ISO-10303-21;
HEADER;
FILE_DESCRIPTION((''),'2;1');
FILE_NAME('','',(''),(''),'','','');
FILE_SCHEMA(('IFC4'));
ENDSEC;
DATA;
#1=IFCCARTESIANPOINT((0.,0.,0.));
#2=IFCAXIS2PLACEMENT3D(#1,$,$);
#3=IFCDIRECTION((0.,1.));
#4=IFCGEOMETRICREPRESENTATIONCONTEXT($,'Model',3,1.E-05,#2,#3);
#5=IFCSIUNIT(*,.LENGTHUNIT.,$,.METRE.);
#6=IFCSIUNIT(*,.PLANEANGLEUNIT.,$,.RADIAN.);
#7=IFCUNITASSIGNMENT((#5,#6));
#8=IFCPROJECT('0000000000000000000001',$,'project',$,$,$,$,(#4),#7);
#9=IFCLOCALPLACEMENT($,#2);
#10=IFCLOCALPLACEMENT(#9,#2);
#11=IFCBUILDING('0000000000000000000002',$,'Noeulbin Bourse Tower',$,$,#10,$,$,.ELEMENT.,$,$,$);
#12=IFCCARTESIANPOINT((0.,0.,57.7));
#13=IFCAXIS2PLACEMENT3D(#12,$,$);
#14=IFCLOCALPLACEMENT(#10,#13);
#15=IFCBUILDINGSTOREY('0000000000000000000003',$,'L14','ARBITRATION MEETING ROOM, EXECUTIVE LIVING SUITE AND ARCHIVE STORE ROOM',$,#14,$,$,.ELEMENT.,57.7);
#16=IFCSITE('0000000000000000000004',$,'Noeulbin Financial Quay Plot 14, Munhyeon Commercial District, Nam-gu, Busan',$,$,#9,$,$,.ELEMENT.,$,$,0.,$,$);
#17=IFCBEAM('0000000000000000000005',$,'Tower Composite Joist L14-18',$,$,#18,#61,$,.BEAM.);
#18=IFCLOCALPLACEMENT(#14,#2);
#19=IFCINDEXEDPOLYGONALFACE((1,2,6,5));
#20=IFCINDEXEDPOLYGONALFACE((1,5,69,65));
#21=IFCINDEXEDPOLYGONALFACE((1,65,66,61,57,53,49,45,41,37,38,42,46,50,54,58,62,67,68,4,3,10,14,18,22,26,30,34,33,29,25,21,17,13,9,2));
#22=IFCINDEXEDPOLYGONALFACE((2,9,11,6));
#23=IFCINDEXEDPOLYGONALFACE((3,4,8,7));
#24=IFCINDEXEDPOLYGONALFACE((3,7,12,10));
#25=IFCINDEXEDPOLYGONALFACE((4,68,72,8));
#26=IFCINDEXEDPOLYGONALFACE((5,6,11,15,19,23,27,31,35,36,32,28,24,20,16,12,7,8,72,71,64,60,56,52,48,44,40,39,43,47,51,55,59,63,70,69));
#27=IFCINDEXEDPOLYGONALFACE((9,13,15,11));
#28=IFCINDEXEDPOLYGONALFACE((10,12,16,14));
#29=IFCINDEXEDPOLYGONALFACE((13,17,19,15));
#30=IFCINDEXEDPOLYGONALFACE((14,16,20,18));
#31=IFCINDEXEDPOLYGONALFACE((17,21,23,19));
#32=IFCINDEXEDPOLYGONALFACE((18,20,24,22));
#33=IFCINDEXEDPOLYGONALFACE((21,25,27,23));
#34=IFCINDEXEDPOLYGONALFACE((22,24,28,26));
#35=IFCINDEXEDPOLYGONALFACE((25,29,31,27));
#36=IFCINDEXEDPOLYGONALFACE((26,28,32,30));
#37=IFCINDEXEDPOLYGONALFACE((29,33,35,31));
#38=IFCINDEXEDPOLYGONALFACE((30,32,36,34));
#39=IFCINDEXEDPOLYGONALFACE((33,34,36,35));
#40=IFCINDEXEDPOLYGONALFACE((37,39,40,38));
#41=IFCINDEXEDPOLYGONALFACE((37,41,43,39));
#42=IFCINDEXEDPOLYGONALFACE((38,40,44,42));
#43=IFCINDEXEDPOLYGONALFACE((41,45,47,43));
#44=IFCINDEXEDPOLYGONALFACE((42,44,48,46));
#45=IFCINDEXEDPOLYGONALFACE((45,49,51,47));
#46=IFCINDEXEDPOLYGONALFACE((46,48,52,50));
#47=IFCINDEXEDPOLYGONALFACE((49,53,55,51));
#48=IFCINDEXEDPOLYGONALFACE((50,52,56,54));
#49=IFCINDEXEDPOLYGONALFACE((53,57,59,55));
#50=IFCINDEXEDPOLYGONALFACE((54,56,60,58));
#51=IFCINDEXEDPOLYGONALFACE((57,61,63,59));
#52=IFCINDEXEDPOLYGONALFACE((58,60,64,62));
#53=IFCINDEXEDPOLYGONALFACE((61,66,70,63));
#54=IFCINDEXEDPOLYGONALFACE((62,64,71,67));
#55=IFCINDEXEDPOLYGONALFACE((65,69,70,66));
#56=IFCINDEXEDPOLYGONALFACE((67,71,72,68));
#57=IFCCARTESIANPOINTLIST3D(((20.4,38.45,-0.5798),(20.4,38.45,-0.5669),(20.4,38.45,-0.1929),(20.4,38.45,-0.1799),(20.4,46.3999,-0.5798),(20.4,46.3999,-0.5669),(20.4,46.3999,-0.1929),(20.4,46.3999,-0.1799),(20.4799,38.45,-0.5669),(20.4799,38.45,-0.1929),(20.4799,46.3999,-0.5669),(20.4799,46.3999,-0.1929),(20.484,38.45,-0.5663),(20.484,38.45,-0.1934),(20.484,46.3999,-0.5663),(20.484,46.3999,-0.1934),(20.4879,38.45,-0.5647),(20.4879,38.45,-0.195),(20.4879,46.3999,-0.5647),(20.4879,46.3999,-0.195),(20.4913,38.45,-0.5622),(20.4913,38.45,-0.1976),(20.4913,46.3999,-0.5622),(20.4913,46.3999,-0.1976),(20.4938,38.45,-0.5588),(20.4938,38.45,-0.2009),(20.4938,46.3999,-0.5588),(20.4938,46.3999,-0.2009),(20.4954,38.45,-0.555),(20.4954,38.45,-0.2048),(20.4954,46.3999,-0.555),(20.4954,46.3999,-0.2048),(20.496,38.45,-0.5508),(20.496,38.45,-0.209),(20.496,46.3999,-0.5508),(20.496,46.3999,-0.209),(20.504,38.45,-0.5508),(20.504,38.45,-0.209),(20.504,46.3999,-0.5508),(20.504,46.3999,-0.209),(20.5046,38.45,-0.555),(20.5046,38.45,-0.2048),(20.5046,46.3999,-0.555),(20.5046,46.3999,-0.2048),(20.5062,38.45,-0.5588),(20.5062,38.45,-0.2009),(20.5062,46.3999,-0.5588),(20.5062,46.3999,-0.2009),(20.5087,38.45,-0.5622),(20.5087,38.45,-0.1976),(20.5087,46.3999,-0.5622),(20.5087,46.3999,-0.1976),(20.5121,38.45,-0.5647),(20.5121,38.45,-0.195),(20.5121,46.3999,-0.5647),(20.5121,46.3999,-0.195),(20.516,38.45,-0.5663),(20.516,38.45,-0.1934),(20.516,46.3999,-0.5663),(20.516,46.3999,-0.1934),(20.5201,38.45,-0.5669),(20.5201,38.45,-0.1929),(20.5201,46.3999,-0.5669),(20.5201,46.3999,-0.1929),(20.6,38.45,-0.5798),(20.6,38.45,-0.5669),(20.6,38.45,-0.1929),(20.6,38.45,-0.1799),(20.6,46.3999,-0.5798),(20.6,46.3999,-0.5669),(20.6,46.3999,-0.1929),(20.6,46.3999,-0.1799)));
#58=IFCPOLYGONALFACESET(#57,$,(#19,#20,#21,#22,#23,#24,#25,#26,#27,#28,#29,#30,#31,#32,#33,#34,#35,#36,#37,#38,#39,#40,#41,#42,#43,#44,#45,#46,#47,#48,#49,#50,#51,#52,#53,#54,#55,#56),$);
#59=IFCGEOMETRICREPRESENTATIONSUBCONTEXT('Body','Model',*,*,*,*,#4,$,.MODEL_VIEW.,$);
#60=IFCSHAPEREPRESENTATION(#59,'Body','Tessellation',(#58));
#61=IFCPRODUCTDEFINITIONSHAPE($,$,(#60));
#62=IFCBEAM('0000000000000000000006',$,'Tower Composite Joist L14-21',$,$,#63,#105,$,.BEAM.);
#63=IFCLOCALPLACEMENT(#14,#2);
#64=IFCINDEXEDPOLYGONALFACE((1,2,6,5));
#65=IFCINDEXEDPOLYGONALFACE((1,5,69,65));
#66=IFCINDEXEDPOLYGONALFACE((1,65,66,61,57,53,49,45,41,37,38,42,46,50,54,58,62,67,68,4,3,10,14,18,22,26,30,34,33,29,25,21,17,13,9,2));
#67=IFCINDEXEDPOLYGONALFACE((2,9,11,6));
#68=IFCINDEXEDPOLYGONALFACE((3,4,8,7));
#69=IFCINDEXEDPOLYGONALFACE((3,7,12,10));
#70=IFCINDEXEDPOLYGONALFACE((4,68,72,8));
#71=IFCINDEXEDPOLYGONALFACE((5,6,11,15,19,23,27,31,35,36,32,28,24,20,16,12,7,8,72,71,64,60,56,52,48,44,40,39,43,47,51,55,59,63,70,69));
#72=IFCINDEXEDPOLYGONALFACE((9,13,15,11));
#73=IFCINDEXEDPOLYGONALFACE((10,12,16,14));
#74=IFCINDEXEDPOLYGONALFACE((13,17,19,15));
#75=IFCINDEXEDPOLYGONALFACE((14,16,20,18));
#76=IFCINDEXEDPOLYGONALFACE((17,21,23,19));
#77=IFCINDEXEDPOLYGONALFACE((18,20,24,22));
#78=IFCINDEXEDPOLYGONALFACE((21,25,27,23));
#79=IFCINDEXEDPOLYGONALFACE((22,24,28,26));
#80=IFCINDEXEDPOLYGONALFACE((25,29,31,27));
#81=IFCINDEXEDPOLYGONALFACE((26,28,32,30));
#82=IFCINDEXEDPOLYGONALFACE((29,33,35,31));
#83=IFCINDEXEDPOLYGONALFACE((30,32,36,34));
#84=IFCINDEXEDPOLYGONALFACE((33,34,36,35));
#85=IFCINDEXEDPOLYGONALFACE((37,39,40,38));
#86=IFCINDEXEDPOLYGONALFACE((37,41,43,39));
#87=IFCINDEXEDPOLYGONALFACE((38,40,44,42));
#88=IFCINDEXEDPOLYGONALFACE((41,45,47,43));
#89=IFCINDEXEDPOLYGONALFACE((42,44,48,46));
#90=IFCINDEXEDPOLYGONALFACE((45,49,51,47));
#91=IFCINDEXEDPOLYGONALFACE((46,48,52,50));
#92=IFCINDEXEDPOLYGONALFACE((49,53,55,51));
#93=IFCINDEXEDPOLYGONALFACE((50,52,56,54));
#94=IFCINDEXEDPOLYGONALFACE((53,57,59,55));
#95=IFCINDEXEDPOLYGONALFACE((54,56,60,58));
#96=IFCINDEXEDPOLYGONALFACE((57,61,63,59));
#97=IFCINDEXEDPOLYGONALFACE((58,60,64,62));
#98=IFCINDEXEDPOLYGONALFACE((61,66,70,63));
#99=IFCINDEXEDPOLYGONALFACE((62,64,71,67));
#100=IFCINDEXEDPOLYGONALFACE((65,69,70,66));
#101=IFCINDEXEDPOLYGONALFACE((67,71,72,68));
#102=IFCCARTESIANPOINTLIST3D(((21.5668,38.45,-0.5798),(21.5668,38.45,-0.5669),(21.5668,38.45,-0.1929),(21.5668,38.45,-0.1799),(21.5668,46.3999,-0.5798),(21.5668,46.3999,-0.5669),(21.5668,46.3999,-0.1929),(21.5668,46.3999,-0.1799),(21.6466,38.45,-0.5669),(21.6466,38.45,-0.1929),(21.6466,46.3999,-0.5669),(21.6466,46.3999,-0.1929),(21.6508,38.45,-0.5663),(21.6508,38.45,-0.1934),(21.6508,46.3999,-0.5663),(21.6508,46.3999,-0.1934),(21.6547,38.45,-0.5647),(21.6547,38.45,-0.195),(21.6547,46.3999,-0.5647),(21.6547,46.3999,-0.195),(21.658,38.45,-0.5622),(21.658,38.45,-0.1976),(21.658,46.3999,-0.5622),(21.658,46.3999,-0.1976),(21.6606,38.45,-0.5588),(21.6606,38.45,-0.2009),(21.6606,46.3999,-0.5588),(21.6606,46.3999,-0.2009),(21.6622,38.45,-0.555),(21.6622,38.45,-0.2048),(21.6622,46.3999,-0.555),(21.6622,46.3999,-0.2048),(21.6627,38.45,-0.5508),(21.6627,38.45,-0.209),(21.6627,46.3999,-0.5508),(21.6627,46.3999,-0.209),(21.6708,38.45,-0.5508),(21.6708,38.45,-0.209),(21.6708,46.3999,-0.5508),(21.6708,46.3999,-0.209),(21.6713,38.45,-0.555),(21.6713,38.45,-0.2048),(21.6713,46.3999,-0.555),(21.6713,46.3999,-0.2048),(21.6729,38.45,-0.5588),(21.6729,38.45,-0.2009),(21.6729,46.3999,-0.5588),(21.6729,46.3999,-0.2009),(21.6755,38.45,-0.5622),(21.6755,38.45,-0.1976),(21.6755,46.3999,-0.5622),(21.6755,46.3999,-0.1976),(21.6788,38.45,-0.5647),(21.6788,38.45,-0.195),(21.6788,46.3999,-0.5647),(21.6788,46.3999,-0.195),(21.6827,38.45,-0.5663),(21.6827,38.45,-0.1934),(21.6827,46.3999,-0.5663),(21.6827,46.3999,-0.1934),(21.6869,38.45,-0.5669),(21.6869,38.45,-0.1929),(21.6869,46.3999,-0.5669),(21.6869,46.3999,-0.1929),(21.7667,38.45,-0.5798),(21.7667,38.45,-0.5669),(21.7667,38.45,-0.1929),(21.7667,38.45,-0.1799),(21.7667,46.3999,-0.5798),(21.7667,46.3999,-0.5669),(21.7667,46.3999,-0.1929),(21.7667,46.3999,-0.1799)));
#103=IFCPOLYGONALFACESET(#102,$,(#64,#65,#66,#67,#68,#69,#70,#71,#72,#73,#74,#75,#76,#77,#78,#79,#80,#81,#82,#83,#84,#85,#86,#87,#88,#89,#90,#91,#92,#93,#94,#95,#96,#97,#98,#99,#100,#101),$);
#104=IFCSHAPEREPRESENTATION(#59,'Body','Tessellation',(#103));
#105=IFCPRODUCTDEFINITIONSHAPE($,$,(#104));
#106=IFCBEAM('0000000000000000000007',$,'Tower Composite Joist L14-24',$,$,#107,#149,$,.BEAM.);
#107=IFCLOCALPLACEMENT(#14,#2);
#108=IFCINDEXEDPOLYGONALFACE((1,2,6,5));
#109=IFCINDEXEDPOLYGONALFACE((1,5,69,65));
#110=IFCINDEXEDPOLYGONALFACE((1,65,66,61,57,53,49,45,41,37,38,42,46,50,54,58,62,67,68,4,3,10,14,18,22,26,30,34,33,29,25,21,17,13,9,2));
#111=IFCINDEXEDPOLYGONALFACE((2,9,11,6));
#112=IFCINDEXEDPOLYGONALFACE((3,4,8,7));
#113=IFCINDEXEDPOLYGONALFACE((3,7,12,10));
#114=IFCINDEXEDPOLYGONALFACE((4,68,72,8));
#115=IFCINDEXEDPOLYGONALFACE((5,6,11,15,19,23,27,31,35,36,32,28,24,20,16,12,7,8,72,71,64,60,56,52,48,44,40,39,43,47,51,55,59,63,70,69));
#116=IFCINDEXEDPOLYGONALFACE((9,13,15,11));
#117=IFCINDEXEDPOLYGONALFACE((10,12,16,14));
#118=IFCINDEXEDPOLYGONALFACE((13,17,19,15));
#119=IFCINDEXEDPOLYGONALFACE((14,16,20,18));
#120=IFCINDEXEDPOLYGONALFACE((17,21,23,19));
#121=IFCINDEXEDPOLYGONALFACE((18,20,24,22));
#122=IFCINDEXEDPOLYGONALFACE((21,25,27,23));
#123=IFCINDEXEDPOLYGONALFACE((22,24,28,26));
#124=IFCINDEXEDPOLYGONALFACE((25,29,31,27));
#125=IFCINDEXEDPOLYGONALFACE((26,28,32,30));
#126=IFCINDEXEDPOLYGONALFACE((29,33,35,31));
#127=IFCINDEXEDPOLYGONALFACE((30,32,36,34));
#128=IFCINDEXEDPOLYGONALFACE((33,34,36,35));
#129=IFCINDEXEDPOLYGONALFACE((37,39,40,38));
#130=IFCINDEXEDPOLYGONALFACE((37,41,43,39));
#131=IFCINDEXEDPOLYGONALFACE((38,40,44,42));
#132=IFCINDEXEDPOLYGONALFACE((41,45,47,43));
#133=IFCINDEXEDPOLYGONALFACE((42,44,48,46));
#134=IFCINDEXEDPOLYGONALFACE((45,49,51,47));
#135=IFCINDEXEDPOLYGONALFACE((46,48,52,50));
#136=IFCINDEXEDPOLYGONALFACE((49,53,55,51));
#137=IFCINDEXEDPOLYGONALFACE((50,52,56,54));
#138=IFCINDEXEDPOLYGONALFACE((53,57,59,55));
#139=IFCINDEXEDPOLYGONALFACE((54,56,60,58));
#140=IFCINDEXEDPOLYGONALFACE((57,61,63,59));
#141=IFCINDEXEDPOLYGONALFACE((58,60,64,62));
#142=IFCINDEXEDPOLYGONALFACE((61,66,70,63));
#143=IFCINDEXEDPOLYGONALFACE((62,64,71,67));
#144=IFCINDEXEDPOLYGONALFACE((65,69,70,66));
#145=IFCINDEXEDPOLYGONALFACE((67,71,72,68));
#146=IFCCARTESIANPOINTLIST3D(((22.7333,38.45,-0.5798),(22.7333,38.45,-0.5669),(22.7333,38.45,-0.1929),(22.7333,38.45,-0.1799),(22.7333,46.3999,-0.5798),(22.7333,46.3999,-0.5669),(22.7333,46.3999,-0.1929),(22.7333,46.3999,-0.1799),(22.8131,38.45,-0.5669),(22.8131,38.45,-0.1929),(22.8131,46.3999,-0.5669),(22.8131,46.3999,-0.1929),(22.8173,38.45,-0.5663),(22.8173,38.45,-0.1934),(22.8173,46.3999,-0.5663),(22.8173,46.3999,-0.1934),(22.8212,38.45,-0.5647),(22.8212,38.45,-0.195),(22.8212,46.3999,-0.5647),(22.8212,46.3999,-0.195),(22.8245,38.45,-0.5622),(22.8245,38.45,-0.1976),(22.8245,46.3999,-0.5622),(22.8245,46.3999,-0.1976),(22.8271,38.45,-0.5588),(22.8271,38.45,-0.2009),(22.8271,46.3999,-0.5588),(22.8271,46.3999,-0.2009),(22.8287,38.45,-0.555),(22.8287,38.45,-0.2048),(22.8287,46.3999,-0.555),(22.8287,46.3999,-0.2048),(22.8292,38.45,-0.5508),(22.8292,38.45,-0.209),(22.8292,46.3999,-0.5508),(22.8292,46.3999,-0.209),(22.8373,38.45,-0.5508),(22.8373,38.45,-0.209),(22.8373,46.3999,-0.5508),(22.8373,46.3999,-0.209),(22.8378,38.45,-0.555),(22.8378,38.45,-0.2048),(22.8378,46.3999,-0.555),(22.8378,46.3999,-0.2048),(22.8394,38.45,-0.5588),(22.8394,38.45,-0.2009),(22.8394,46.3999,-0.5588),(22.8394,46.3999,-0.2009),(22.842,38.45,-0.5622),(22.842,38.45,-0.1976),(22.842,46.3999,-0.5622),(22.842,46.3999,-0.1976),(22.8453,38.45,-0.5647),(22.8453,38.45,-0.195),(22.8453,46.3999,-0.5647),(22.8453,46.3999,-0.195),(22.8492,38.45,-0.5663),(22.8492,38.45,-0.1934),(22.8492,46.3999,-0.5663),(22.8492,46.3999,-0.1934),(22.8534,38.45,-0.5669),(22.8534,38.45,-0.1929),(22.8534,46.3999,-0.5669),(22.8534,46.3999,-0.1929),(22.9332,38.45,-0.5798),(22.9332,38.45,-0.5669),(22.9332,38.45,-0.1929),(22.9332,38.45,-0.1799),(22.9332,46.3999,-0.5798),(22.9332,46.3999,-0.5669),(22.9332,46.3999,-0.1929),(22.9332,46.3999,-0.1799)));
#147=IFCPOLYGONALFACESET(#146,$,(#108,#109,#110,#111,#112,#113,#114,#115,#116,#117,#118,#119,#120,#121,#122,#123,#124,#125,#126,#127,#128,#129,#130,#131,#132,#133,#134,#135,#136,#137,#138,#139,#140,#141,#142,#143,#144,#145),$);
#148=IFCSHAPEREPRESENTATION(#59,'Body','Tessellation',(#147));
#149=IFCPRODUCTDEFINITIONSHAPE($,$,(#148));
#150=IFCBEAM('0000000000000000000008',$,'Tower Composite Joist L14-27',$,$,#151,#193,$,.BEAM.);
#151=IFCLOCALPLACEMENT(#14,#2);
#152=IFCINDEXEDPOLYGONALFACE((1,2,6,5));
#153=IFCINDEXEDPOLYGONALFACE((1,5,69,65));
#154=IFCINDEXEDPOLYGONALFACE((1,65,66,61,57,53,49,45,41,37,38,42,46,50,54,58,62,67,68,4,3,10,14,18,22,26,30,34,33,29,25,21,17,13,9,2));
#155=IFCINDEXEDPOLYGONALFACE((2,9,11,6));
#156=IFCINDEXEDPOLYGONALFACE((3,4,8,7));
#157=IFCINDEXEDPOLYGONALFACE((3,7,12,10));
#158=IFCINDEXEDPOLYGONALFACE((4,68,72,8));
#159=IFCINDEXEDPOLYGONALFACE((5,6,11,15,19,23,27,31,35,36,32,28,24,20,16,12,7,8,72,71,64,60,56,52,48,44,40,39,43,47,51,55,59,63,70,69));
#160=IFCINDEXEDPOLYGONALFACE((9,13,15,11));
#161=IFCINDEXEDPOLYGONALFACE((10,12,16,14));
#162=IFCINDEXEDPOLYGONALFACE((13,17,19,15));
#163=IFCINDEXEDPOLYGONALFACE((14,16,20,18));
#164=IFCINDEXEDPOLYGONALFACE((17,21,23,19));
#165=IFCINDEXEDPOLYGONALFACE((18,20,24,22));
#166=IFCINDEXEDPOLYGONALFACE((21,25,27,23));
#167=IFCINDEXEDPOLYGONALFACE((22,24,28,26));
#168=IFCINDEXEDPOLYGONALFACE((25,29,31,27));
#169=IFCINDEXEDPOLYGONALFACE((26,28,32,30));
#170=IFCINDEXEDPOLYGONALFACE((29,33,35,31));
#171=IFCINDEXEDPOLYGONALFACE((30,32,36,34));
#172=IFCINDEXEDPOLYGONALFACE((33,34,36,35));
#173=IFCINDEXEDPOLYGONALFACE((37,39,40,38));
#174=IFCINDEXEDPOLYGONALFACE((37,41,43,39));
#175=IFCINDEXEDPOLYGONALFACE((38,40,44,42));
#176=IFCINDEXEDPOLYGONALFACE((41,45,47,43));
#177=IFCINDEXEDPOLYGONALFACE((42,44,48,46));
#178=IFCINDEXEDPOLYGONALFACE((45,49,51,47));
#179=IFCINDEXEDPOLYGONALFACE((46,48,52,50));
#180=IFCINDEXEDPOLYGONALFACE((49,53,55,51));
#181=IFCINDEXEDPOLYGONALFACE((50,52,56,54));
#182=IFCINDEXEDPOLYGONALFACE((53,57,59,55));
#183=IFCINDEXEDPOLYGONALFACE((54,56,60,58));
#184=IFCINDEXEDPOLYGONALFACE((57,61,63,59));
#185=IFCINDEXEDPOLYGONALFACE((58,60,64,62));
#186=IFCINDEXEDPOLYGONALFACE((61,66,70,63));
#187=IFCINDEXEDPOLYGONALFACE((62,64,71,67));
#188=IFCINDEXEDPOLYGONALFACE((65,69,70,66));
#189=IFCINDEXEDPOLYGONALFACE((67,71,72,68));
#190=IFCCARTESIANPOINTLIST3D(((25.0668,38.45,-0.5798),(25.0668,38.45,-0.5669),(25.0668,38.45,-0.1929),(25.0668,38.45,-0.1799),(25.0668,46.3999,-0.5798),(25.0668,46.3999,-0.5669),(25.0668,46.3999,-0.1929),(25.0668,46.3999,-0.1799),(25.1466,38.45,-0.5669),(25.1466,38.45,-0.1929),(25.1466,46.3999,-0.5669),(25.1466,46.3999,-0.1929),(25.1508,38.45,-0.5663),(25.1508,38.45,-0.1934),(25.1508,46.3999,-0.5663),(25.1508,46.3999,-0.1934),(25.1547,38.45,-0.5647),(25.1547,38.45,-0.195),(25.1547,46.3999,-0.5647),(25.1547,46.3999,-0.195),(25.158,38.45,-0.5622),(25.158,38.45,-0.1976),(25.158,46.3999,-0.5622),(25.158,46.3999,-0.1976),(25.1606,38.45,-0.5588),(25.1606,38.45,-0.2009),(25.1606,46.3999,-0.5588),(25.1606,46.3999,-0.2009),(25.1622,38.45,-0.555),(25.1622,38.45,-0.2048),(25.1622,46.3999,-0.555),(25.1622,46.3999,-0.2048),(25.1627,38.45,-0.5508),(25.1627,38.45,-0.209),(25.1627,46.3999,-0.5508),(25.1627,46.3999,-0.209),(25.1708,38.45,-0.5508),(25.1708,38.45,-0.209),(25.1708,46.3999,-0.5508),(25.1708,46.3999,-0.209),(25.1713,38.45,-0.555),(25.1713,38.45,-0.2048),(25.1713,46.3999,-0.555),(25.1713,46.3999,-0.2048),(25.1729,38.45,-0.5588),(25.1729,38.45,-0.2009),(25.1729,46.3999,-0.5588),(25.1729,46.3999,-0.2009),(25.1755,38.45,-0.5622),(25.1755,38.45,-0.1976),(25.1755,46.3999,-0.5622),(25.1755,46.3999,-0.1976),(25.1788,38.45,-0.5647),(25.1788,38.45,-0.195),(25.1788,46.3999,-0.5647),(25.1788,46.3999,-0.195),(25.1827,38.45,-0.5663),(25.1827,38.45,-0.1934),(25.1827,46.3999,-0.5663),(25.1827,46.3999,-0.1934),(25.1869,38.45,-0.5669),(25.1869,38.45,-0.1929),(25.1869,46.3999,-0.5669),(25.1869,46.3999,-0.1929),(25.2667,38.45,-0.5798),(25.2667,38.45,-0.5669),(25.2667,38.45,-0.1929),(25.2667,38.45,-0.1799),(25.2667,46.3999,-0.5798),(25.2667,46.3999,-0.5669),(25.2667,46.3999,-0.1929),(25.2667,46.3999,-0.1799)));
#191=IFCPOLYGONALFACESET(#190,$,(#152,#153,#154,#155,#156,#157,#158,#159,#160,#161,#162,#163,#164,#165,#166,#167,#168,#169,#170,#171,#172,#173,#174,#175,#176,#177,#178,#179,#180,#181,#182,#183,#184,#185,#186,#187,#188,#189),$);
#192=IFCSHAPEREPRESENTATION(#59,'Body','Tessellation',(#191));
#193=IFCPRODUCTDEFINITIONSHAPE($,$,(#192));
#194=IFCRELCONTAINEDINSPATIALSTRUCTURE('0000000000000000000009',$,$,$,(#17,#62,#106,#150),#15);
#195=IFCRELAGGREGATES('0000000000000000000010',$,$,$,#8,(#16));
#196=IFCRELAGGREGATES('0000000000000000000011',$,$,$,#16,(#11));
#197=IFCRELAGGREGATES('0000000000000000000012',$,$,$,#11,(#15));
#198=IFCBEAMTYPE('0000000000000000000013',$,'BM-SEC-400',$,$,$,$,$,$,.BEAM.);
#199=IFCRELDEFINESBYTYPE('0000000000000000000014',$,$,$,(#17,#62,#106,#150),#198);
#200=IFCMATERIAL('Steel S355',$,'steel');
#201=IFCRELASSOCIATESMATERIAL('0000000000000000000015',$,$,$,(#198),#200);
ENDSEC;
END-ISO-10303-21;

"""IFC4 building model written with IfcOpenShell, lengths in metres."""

from ifc_helpers import new_model, si_unit, direction, frame, origin, origin_2d, place, context, subcontext, project, spatial, i_section, extrude, material, material_profile, profile_set, type_object, element, save


model = new_model("IFC4")

# Units and contexts
model_context = context("Model", 3, precision=1e-05, world=origin(), true_north=direction((0.0, 1.0)))
body_context = subcontext(model_context, "Body", "Model", "MODEL_VIEW")
ifc_project = project(units=[si_unit("LENGTHUNIT", "METRE"), si_unit("PLANEANGLEUNIT", "RADIAN")], contexts=[model_context])

# Site, building, storey
site_placement = place(None, origin())
site = spatial("IfcSite", under=ifc_project, at=site_placement, Name="Noeulbin Financial Quay Plot 14, Munhyeon Commercial District, Nam-gu, Busan", CompositionType="ELEMENT", RefElevation=0.0)
building_placement = place(site_placement, origin())
building = spatial("IfcBuilding", under=site, at=building_placement, Name="Noeulbin Bourse Tower", CompositionType="ELEMENT")
storey_placement = place(building_placement, frame((0.0, 0.0, 57.7)))
storey = spatial("IfcBuildingStorey", under=building, at=storey_placement, Name="L14", Description="ARBITRATION MEETING ROOM, EXECUTIVE LIVING SUITE AND ARCHIVE STORE ROOM", CompositionType="ELEMENT", Elevation=57.7)

# Beams
ifc_material_1 = material(Name="Steel S355", Category="steel")
ifc_material_profile_1 = material_profile(ifc_material_1, i_section(OverallWidth=0.2, OverallDepth=0.3999, WebThickness=0.0081, FlangeThickness=0.0129, FilletRadius=0.0161, at=origin_2d()), Name="H-400x200x8x13", Category="LoadBearing")
ifc_profile_set_1 = profile_set([ifc_material_profile_1], Name="Steel S355")
beam_type_1 = type_object("IfcBeamType", Name="BM-SEC-400", PredefinedType="BEAM", material=ifc_profile_set_1)
for number, where, z_axis, x_axis, name in (
    (1, (20.5, 38.45, -0.3799), (0.0, 1.0, 0.0), (-1.0, 0.0, 0.0), "Tower Composite Joist L14-18"),
    (2, (21.6667, 38.45, -0.3799), (0.0, 1.0, 0.0), (-1.0, 0.0, 0.0), "Tower Composite Joist L14-21"),
    (3, (22.8333, 38.45, -0.3799), (0.0, 1.0, 0.0), (-1.0, 0.0, 0.0), "Tower Composite Joist L14-24"),
    (4, (25.1667, 38.45, -0.3799), (0.0, 1.0, 0.0), (-1.0, 0.0, 0.0), "Tower Composite Joist L14-27"),
):
    element("IfcBeam", number, at=place(storey_placement, frame(where, z_axis=z_axis, x_axis=x_axis)), inside=storey, type_object=beam_type_1, Name=name, PredefinedType="BEAM", context=body_context, shape_type="SweptSolid", body=[
        extrude(i_section(OverallWidth=0.2, OverallDepth=0.3999, WebThickness=0.0081, FlangeThickness=0.0129, FilletRadius=0.0161, at=origin_2d()), origin(), (0.0, 0.0, 1.0), 7.95),
    ])

save(model, "model.ifc")
